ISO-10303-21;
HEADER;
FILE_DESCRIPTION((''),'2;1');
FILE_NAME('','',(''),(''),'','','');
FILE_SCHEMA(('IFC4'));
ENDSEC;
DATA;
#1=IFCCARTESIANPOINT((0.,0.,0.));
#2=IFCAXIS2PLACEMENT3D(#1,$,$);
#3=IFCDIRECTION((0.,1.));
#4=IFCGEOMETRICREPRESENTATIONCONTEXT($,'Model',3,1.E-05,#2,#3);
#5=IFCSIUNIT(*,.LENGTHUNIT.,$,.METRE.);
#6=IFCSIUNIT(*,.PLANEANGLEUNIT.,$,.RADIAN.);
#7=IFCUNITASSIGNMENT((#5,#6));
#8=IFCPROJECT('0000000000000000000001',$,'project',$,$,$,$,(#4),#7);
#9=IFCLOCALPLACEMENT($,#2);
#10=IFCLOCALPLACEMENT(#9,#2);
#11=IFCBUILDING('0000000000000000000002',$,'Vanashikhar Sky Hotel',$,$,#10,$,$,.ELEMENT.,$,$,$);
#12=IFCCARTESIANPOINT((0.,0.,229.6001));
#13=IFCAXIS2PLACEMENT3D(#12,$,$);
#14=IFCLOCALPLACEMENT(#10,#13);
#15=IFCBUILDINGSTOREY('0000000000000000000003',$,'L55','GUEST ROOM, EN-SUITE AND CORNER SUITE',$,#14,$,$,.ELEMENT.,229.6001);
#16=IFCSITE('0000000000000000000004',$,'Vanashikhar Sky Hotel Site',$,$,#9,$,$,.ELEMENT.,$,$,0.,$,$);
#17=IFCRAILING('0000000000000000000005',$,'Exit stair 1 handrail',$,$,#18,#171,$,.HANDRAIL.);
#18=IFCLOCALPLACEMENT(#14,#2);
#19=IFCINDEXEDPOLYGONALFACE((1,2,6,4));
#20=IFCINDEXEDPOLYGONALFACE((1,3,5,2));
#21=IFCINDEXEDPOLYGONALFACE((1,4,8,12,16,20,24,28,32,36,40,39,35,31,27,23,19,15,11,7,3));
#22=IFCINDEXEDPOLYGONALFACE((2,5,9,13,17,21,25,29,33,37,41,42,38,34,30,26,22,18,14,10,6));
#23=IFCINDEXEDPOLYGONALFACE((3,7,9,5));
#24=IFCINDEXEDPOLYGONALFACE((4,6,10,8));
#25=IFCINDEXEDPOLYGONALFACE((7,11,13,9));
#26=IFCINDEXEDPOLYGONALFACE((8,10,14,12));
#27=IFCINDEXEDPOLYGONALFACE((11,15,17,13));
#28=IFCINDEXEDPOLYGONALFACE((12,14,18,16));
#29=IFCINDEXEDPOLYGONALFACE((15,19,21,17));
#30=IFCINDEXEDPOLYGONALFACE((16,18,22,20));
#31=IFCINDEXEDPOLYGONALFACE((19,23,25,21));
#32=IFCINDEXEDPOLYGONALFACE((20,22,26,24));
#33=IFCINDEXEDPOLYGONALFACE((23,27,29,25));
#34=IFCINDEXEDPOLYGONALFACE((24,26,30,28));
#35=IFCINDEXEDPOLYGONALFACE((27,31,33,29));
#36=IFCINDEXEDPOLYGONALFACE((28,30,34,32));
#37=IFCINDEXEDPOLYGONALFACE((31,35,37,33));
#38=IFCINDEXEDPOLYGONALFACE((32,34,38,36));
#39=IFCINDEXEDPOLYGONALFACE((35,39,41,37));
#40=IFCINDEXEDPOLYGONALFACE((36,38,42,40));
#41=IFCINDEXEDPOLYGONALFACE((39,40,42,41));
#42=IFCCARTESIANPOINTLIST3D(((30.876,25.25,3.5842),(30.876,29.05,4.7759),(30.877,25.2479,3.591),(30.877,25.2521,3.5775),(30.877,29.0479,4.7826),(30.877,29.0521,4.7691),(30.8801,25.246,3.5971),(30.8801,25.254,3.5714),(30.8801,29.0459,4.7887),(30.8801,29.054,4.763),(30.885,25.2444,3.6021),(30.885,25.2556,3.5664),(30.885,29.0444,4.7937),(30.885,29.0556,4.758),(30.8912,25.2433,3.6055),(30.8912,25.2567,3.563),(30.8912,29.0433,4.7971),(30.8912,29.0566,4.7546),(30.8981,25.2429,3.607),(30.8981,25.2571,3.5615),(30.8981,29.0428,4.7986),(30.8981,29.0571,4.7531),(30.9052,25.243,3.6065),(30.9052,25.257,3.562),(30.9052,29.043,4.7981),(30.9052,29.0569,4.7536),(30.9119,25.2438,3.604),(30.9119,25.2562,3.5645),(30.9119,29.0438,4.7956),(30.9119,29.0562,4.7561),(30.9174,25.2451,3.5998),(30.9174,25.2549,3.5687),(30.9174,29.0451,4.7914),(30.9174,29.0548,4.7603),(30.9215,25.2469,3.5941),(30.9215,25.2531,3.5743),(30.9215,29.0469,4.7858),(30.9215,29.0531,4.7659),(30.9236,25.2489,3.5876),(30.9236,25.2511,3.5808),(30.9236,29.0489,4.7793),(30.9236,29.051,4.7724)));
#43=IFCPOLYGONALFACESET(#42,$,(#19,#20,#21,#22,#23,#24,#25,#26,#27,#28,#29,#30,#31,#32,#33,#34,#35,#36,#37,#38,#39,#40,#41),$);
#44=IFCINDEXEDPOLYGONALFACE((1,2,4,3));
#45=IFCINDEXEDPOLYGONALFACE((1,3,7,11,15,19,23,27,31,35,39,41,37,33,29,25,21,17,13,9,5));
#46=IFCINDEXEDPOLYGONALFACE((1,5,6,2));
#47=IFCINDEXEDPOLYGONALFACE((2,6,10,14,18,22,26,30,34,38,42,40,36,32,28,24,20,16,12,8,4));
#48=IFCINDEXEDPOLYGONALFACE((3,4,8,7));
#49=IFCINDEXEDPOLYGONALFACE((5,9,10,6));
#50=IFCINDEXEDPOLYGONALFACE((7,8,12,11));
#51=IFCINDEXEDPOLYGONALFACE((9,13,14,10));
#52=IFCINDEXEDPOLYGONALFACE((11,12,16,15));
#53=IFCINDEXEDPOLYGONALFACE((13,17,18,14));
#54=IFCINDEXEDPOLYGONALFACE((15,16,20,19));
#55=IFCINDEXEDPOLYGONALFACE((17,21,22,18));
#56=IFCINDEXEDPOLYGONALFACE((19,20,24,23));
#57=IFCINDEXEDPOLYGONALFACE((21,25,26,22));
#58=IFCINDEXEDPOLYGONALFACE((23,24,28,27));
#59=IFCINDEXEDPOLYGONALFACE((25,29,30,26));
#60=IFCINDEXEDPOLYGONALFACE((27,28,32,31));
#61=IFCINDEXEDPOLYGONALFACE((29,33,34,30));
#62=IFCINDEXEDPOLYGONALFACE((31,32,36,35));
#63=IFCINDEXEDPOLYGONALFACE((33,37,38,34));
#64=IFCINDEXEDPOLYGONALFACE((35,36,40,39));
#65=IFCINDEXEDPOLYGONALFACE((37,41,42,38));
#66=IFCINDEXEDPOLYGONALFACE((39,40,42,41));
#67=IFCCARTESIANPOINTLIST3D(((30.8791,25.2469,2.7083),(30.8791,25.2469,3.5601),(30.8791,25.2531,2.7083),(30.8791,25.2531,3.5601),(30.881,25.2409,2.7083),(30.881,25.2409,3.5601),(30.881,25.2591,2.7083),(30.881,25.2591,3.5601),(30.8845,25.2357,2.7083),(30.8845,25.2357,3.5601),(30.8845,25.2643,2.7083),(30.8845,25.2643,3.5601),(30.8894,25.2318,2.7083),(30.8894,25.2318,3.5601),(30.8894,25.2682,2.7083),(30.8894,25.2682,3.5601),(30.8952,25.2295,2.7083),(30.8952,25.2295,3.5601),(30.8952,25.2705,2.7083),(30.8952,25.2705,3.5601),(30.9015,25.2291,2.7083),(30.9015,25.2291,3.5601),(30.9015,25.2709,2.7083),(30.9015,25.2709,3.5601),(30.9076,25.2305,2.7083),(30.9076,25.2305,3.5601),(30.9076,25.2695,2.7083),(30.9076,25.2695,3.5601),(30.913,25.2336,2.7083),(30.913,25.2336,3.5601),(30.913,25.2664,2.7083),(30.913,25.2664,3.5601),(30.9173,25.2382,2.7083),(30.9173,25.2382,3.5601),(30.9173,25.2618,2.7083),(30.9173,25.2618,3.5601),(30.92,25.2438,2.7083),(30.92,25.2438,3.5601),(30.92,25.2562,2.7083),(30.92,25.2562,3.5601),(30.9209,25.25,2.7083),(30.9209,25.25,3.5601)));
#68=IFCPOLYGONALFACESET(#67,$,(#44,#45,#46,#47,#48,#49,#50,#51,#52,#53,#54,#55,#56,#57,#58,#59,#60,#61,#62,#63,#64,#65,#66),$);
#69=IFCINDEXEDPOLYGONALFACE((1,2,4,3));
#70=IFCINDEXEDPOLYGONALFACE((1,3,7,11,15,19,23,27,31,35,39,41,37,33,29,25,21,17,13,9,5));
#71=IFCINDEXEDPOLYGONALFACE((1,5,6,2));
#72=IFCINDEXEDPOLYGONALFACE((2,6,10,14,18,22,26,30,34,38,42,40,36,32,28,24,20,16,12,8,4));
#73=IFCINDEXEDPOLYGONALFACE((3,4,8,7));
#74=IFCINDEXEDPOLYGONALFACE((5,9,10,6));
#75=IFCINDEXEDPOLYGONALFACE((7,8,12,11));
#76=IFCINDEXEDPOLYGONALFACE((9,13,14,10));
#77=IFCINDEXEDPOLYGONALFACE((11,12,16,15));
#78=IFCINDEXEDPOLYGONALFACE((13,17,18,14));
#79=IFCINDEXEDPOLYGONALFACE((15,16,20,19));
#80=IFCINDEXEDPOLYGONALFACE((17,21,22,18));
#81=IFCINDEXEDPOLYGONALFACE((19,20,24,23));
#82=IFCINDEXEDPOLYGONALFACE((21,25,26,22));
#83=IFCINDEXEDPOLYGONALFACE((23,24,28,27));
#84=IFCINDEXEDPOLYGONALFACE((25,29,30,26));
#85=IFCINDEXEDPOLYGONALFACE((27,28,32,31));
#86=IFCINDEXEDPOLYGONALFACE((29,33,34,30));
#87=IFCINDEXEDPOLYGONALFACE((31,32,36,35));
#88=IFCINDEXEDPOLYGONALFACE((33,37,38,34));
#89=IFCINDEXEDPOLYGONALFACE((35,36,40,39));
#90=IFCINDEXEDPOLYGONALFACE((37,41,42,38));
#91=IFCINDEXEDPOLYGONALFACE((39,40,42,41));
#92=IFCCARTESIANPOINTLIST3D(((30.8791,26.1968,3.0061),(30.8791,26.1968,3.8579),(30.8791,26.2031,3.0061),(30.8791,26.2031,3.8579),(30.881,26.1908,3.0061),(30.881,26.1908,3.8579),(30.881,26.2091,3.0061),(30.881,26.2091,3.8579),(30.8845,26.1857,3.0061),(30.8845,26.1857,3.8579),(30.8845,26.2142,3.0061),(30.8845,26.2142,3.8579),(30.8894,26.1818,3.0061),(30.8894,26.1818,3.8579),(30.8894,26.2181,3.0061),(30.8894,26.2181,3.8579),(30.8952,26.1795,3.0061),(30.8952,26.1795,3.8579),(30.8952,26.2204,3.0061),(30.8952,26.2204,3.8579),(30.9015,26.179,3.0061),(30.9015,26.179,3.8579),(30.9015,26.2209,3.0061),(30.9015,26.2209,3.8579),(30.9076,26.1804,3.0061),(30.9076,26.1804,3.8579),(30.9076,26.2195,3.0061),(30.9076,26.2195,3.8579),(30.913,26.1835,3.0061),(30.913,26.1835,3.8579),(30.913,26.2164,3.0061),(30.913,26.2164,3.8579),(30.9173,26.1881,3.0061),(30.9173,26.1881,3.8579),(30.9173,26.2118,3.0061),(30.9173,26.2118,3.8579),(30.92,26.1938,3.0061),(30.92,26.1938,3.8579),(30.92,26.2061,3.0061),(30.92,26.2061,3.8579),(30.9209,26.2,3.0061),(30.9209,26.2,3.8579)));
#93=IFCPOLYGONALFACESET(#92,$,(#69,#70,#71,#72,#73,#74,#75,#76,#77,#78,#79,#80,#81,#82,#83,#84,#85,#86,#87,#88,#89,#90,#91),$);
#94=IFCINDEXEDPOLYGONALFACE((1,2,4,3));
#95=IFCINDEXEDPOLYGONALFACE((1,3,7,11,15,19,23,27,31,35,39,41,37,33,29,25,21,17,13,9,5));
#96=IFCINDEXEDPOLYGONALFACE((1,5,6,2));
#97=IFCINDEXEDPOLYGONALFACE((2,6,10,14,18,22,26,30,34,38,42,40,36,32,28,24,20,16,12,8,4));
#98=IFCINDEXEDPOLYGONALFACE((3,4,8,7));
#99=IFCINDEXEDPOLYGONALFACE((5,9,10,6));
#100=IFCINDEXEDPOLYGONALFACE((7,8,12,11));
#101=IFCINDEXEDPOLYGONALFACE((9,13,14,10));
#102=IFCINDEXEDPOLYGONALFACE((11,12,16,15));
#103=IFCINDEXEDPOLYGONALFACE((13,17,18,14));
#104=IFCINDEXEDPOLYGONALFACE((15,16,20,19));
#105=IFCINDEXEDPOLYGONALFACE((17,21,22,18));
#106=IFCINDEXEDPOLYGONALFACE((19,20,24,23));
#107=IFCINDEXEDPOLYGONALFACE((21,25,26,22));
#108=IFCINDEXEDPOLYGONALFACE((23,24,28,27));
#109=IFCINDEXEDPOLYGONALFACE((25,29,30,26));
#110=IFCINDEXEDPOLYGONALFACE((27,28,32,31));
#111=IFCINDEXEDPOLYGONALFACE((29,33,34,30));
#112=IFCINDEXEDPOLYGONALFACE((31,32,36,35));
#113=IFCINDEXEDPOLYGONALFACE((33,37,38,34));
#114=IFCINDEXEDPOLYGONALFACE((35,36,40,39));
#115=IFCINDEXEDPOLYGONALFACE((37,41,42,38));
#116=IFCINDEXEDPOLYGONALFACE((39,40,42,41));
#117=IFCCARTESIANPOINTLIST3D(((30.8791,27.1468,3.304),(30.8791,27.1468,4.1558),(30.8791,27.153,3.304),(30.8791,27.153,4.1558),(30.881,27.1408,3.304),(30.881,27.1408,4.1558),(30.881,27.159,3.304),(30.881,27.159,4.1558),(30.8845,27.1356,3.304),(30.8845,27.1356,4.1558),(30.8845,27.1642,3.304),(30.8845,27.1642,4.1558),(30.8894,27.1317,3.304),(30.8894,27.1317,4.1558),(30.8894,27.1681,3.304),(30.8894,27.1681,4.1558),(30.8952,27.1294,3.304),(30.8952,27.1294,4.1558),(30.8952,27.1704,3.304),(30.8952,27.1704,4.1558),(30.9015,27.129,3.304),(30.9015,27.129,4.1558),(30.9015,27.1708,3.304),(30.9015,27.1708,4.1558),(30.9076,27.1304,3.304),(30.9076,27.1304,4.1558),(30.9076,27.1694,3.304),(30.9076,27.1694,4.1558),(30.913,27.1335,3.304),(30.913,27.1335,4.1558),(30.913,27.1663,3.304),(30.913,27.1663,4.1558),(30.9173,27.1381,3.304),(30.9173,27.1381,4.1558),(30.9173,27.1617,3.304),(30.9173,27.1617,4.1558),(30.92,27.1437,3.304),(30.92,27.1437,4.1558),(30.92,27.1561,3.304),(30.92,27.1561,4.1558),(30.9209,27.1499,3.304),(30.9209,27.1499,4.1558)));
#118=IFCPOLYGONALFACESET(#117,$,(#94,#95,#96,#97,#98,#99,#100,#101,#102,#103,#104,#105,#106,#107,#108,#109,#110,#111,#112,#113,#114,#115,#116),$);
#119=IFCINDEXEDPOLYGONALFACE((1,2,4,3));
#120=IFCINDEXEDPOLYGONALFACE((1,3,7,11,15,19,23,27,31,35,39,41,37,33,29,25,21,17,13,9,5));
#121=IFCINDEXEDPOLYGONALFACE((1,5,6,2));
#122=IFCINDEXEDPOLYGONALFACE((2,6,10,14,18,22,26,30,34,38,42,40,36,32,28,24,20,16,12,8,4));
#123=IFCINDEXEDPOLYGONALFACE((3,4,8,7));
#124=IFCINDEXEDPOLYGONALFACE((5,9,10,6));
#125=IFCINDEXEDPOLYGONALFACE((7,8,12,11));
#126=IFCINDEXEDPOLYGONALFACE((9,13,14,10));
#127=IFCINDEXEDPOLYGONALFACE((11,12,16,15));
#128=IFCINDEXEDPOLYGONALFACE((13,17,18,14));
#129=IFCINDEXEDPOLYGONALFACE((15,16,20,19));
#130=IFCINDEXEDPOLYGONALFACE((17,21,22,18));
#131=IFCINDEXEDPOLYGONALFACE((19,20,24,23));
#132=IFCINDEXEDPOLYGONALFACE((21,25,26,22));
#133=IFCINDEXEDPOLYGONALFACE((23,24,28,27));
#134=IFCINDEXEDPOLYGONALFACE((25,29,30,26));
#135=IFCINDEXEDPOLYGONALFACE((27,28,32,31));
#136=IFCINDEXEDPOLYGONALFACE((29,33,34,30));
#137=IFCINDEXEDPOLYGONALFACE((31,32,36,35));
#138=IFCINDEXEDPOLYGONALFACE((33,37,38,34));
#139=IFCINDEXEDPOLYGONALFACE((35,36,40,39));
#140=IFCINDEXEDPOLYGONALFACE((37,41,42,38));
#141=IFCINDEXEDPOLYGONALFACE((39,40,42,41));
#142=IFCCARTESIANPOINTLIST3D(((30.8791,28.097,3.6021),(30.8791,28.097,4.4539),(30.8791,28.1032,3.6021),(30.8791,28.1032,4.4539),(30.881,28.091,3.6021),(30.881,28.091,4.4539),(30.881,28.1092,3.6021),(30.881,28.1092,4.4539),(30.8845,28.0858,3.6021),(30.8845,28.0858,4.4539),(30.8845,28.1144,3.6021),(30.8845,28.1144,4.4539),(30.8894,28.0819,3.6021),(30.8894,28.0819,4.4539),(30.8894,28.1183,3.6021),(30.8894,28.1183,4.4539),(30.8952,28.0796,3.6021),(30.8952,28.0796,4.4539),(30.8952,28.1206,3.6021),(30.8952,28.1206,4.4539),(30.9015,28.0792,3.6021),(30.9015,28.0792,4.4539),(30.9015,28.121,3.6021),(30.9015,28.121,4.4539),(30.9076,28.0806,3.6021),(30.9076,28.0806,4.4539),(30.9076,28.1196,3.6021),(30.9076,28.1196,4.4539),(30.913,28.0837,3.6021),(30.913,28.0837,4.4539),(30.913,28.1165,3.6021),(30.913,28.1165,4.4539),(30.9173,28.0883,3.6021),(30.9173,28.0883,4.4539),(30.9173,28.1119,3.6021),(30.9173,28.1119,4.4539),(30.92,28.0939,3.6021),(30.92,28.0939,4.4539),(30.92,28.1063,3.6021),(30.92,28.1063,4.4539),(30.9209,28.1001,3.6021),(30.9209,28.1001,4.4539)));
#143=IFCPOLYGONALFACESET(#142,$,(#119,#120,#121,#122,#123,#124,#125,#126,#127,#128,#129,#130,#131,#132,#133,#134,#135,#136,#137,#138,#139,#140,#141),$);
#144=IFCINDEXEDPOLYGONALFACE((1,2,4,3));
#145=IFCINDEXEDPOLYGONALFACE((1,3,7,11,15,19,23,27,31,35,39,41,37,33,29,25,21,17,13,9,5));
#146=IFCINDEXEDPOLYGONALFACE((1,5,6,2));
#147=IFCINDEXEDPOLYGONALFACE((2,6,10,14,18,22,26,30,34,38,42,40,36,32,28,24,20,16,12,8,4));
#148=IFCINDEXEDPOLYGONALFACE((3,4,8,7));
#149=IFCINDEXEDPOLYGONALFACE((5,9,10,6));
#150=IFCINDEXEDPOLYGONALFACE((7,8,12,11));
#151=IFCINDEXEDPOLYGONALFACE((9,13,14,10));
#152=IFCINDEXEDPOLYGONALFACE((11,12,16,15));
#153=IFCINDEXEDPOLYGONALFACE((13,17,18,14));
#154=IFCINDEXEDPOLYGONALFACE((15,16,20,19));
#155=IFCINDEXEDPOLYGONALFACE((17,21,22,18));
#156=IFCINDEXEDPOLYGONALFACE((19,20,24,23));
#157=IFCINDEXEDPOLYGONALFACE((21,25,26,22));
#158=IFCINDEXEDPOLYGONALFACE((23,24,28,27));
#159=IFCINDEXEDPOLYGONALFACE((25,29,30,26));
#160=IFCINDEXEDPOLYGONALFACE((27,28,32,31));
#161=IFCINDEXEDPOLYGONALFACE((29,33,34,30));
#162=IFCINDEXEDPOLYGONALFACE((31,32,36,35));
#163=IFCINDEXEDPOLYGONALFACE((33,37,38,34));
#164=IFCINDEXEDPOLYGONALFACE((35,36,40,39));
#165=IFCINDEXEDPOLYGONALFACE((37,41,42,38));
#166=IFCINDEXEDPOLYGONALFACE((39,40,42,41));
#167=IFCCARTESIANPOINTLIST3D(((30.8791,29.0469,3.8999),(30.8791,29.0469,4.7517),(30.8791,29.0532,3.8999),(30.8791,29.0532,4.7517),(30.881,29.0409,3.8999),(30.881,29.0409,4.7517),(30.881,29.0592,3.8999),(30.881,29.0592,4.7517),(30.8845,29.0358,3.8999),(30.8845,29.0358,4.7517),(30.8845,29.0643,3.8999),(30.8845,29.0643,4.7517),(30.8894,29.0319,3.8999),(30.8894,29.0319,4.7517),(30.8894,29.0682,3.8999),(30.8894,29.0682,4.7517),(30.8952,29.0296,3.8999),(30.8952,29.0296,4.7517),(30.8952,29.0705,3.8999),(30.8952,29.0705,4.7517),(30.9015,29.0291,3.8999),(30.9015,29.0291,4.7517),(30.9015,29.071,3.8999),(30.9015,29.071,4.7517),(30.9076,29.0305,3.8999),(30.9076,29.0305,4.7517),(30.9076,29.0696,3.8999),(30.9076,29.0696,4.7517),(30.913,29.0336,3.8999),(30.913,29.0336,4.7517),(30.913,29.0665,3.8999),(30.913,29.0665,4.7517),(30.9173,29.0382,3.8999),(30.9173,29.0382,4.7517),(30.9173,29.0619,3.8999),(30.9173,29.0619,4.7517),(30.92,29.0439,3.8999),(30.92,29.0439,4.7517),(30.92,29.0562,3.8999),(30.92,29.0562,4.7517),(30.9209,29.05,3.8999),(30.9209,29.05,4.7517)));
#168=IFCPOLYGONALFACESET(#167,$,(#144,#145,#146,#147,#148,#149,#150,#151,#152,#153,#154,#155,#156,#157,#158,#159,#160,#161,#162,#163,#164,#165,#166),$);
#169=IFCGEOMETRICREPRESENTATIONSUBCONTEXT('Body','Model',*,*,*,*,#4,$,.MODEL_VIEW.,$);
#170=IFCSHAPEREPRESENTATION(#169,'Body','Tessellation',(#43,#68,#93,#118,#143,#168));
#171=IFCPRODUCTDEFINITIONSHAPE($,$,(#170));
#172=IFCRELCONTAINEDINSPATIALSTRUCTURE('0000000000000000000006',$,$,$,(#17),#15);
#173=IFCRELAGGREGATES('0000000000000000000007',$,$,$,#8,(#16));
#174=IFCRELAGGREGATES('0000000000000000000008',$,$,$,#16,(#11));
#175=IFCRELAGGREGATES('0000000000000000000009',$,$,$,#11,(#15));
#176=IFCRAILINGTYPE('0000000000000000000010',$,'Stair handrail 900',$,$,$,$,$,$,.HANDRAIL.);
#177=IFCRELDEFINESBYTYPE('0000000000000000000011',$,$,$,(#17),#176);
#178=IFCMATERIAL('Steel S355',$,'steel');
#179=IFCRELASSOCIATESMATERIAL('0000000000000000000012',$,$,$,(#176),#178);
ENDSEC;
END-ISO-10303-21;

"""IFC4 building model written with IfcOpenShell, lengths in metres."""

from ifc_helpers import new_model, si_unit, direction, frame, origin, origin_2d, place, context, subcontext, project, spatial, circle, extrude, source, transform, mapped, material, type_object, element, save


model = new_model("IFC4")

# Units and contexts
model_context = context("Model", 3, precision=1e-05, world=origin(), true_north=direction((0.0, 1.0)))
body_context = subcontext(model_context, "Body", "Model", "MODEL_VIEW")
ifc_project = project(units=[si_unit("LENGTHUNIT", "METRE"), si_unit("PLANEANGLEUNIT", "RADIAN")], contexts=[model_context])

# Site, building, storey
site_placement = place(None, origin())
site = spatial("IfcSite", under=ifc_project, at=site_placement, Name="Vanashikhar Sky Hotel Site", CompositionType="ELEMENT", RefElevation=0.0)
building_placement = place(site_placement, origin())
building = spatial("IfcBuilding", under=site, at=building_placement, Name="Vanashikhar Sky Hotel", CompositionType="ELEMENT")
storey_placement = place(building_placement, frame((0.0, 0.0, 229.6001)))
storey = spatial("IfcBuildingStorey", under=building, at=storey_placement, Name="L55", Description="GUEST ROOM, EN-SUITE AND CORNER SUITE", CompositionType="ELEMENT", Elevation=229.6001)

# Railing
ifc_material_1 = material(Name="Steel S355", Category="steel")
railing_type_1 = type_object("IfcRailingType", Name="Stair handrail 900", PredefinedType="HANDRAIL", material=ifc_material_1)
shared_shape_1 = source(origin(), body_context, "Body", "SweptSolid", [
    extrude(circle(Radius=0.0239, at=origin_2d()), frame((0.0, 0.0, 0.876), z_axis=(0.0, 0.954184, 0.299221), x_axis=(-1.0, 0.0, 0.0)), (0.0, 0.0, 1.0), 3.9824),
    extrude(circle(Radius=0.021, at=origin_2d()), origin(), (0.0, 0.0, 1.0), 0.8518),
    extrude(circle(Radius=0.021, at=origin_2d()), frame((0.0, 0.95, 0.2979)), (0.0, 0.0, 1.0), 0.8518),
    extrude(circle(Radius=0.021, at=origin_2d()), frame((0.0, 1.8999, 0.5957)), (0.0, 0.0, 1.0), 0.8518),
    extrude(circle(Radius=0.021, at=origin_2d()), frame((0.0, 2.8501, 0.8938)), (0.0, 0.0, 1.0), 0.8518),
    extrude(circle(Radius=0.021, at=origin_2d()), frame((0.0, 3.8, 1.1917)), (0.0, 0.0, 1.0), 0.8518),
])
for number, where, name in (
    (1, (30.8999, 25.25, 2.7083), "Exit stair 1 handrail"),
):
    element("IfcRailing", number, at=place(storey_placement, frame(where)), inside=storey, type_object=railing_type_1, Name=name, PredefinedType="HANDRAIL", context=body_context, shape_type="MappedRepresentation", body=[
        mapped(shared_shape_1, transform((0.0, 0.0, 0.0), scale=1.0)),
    ])

save(model, "model.ifc")
